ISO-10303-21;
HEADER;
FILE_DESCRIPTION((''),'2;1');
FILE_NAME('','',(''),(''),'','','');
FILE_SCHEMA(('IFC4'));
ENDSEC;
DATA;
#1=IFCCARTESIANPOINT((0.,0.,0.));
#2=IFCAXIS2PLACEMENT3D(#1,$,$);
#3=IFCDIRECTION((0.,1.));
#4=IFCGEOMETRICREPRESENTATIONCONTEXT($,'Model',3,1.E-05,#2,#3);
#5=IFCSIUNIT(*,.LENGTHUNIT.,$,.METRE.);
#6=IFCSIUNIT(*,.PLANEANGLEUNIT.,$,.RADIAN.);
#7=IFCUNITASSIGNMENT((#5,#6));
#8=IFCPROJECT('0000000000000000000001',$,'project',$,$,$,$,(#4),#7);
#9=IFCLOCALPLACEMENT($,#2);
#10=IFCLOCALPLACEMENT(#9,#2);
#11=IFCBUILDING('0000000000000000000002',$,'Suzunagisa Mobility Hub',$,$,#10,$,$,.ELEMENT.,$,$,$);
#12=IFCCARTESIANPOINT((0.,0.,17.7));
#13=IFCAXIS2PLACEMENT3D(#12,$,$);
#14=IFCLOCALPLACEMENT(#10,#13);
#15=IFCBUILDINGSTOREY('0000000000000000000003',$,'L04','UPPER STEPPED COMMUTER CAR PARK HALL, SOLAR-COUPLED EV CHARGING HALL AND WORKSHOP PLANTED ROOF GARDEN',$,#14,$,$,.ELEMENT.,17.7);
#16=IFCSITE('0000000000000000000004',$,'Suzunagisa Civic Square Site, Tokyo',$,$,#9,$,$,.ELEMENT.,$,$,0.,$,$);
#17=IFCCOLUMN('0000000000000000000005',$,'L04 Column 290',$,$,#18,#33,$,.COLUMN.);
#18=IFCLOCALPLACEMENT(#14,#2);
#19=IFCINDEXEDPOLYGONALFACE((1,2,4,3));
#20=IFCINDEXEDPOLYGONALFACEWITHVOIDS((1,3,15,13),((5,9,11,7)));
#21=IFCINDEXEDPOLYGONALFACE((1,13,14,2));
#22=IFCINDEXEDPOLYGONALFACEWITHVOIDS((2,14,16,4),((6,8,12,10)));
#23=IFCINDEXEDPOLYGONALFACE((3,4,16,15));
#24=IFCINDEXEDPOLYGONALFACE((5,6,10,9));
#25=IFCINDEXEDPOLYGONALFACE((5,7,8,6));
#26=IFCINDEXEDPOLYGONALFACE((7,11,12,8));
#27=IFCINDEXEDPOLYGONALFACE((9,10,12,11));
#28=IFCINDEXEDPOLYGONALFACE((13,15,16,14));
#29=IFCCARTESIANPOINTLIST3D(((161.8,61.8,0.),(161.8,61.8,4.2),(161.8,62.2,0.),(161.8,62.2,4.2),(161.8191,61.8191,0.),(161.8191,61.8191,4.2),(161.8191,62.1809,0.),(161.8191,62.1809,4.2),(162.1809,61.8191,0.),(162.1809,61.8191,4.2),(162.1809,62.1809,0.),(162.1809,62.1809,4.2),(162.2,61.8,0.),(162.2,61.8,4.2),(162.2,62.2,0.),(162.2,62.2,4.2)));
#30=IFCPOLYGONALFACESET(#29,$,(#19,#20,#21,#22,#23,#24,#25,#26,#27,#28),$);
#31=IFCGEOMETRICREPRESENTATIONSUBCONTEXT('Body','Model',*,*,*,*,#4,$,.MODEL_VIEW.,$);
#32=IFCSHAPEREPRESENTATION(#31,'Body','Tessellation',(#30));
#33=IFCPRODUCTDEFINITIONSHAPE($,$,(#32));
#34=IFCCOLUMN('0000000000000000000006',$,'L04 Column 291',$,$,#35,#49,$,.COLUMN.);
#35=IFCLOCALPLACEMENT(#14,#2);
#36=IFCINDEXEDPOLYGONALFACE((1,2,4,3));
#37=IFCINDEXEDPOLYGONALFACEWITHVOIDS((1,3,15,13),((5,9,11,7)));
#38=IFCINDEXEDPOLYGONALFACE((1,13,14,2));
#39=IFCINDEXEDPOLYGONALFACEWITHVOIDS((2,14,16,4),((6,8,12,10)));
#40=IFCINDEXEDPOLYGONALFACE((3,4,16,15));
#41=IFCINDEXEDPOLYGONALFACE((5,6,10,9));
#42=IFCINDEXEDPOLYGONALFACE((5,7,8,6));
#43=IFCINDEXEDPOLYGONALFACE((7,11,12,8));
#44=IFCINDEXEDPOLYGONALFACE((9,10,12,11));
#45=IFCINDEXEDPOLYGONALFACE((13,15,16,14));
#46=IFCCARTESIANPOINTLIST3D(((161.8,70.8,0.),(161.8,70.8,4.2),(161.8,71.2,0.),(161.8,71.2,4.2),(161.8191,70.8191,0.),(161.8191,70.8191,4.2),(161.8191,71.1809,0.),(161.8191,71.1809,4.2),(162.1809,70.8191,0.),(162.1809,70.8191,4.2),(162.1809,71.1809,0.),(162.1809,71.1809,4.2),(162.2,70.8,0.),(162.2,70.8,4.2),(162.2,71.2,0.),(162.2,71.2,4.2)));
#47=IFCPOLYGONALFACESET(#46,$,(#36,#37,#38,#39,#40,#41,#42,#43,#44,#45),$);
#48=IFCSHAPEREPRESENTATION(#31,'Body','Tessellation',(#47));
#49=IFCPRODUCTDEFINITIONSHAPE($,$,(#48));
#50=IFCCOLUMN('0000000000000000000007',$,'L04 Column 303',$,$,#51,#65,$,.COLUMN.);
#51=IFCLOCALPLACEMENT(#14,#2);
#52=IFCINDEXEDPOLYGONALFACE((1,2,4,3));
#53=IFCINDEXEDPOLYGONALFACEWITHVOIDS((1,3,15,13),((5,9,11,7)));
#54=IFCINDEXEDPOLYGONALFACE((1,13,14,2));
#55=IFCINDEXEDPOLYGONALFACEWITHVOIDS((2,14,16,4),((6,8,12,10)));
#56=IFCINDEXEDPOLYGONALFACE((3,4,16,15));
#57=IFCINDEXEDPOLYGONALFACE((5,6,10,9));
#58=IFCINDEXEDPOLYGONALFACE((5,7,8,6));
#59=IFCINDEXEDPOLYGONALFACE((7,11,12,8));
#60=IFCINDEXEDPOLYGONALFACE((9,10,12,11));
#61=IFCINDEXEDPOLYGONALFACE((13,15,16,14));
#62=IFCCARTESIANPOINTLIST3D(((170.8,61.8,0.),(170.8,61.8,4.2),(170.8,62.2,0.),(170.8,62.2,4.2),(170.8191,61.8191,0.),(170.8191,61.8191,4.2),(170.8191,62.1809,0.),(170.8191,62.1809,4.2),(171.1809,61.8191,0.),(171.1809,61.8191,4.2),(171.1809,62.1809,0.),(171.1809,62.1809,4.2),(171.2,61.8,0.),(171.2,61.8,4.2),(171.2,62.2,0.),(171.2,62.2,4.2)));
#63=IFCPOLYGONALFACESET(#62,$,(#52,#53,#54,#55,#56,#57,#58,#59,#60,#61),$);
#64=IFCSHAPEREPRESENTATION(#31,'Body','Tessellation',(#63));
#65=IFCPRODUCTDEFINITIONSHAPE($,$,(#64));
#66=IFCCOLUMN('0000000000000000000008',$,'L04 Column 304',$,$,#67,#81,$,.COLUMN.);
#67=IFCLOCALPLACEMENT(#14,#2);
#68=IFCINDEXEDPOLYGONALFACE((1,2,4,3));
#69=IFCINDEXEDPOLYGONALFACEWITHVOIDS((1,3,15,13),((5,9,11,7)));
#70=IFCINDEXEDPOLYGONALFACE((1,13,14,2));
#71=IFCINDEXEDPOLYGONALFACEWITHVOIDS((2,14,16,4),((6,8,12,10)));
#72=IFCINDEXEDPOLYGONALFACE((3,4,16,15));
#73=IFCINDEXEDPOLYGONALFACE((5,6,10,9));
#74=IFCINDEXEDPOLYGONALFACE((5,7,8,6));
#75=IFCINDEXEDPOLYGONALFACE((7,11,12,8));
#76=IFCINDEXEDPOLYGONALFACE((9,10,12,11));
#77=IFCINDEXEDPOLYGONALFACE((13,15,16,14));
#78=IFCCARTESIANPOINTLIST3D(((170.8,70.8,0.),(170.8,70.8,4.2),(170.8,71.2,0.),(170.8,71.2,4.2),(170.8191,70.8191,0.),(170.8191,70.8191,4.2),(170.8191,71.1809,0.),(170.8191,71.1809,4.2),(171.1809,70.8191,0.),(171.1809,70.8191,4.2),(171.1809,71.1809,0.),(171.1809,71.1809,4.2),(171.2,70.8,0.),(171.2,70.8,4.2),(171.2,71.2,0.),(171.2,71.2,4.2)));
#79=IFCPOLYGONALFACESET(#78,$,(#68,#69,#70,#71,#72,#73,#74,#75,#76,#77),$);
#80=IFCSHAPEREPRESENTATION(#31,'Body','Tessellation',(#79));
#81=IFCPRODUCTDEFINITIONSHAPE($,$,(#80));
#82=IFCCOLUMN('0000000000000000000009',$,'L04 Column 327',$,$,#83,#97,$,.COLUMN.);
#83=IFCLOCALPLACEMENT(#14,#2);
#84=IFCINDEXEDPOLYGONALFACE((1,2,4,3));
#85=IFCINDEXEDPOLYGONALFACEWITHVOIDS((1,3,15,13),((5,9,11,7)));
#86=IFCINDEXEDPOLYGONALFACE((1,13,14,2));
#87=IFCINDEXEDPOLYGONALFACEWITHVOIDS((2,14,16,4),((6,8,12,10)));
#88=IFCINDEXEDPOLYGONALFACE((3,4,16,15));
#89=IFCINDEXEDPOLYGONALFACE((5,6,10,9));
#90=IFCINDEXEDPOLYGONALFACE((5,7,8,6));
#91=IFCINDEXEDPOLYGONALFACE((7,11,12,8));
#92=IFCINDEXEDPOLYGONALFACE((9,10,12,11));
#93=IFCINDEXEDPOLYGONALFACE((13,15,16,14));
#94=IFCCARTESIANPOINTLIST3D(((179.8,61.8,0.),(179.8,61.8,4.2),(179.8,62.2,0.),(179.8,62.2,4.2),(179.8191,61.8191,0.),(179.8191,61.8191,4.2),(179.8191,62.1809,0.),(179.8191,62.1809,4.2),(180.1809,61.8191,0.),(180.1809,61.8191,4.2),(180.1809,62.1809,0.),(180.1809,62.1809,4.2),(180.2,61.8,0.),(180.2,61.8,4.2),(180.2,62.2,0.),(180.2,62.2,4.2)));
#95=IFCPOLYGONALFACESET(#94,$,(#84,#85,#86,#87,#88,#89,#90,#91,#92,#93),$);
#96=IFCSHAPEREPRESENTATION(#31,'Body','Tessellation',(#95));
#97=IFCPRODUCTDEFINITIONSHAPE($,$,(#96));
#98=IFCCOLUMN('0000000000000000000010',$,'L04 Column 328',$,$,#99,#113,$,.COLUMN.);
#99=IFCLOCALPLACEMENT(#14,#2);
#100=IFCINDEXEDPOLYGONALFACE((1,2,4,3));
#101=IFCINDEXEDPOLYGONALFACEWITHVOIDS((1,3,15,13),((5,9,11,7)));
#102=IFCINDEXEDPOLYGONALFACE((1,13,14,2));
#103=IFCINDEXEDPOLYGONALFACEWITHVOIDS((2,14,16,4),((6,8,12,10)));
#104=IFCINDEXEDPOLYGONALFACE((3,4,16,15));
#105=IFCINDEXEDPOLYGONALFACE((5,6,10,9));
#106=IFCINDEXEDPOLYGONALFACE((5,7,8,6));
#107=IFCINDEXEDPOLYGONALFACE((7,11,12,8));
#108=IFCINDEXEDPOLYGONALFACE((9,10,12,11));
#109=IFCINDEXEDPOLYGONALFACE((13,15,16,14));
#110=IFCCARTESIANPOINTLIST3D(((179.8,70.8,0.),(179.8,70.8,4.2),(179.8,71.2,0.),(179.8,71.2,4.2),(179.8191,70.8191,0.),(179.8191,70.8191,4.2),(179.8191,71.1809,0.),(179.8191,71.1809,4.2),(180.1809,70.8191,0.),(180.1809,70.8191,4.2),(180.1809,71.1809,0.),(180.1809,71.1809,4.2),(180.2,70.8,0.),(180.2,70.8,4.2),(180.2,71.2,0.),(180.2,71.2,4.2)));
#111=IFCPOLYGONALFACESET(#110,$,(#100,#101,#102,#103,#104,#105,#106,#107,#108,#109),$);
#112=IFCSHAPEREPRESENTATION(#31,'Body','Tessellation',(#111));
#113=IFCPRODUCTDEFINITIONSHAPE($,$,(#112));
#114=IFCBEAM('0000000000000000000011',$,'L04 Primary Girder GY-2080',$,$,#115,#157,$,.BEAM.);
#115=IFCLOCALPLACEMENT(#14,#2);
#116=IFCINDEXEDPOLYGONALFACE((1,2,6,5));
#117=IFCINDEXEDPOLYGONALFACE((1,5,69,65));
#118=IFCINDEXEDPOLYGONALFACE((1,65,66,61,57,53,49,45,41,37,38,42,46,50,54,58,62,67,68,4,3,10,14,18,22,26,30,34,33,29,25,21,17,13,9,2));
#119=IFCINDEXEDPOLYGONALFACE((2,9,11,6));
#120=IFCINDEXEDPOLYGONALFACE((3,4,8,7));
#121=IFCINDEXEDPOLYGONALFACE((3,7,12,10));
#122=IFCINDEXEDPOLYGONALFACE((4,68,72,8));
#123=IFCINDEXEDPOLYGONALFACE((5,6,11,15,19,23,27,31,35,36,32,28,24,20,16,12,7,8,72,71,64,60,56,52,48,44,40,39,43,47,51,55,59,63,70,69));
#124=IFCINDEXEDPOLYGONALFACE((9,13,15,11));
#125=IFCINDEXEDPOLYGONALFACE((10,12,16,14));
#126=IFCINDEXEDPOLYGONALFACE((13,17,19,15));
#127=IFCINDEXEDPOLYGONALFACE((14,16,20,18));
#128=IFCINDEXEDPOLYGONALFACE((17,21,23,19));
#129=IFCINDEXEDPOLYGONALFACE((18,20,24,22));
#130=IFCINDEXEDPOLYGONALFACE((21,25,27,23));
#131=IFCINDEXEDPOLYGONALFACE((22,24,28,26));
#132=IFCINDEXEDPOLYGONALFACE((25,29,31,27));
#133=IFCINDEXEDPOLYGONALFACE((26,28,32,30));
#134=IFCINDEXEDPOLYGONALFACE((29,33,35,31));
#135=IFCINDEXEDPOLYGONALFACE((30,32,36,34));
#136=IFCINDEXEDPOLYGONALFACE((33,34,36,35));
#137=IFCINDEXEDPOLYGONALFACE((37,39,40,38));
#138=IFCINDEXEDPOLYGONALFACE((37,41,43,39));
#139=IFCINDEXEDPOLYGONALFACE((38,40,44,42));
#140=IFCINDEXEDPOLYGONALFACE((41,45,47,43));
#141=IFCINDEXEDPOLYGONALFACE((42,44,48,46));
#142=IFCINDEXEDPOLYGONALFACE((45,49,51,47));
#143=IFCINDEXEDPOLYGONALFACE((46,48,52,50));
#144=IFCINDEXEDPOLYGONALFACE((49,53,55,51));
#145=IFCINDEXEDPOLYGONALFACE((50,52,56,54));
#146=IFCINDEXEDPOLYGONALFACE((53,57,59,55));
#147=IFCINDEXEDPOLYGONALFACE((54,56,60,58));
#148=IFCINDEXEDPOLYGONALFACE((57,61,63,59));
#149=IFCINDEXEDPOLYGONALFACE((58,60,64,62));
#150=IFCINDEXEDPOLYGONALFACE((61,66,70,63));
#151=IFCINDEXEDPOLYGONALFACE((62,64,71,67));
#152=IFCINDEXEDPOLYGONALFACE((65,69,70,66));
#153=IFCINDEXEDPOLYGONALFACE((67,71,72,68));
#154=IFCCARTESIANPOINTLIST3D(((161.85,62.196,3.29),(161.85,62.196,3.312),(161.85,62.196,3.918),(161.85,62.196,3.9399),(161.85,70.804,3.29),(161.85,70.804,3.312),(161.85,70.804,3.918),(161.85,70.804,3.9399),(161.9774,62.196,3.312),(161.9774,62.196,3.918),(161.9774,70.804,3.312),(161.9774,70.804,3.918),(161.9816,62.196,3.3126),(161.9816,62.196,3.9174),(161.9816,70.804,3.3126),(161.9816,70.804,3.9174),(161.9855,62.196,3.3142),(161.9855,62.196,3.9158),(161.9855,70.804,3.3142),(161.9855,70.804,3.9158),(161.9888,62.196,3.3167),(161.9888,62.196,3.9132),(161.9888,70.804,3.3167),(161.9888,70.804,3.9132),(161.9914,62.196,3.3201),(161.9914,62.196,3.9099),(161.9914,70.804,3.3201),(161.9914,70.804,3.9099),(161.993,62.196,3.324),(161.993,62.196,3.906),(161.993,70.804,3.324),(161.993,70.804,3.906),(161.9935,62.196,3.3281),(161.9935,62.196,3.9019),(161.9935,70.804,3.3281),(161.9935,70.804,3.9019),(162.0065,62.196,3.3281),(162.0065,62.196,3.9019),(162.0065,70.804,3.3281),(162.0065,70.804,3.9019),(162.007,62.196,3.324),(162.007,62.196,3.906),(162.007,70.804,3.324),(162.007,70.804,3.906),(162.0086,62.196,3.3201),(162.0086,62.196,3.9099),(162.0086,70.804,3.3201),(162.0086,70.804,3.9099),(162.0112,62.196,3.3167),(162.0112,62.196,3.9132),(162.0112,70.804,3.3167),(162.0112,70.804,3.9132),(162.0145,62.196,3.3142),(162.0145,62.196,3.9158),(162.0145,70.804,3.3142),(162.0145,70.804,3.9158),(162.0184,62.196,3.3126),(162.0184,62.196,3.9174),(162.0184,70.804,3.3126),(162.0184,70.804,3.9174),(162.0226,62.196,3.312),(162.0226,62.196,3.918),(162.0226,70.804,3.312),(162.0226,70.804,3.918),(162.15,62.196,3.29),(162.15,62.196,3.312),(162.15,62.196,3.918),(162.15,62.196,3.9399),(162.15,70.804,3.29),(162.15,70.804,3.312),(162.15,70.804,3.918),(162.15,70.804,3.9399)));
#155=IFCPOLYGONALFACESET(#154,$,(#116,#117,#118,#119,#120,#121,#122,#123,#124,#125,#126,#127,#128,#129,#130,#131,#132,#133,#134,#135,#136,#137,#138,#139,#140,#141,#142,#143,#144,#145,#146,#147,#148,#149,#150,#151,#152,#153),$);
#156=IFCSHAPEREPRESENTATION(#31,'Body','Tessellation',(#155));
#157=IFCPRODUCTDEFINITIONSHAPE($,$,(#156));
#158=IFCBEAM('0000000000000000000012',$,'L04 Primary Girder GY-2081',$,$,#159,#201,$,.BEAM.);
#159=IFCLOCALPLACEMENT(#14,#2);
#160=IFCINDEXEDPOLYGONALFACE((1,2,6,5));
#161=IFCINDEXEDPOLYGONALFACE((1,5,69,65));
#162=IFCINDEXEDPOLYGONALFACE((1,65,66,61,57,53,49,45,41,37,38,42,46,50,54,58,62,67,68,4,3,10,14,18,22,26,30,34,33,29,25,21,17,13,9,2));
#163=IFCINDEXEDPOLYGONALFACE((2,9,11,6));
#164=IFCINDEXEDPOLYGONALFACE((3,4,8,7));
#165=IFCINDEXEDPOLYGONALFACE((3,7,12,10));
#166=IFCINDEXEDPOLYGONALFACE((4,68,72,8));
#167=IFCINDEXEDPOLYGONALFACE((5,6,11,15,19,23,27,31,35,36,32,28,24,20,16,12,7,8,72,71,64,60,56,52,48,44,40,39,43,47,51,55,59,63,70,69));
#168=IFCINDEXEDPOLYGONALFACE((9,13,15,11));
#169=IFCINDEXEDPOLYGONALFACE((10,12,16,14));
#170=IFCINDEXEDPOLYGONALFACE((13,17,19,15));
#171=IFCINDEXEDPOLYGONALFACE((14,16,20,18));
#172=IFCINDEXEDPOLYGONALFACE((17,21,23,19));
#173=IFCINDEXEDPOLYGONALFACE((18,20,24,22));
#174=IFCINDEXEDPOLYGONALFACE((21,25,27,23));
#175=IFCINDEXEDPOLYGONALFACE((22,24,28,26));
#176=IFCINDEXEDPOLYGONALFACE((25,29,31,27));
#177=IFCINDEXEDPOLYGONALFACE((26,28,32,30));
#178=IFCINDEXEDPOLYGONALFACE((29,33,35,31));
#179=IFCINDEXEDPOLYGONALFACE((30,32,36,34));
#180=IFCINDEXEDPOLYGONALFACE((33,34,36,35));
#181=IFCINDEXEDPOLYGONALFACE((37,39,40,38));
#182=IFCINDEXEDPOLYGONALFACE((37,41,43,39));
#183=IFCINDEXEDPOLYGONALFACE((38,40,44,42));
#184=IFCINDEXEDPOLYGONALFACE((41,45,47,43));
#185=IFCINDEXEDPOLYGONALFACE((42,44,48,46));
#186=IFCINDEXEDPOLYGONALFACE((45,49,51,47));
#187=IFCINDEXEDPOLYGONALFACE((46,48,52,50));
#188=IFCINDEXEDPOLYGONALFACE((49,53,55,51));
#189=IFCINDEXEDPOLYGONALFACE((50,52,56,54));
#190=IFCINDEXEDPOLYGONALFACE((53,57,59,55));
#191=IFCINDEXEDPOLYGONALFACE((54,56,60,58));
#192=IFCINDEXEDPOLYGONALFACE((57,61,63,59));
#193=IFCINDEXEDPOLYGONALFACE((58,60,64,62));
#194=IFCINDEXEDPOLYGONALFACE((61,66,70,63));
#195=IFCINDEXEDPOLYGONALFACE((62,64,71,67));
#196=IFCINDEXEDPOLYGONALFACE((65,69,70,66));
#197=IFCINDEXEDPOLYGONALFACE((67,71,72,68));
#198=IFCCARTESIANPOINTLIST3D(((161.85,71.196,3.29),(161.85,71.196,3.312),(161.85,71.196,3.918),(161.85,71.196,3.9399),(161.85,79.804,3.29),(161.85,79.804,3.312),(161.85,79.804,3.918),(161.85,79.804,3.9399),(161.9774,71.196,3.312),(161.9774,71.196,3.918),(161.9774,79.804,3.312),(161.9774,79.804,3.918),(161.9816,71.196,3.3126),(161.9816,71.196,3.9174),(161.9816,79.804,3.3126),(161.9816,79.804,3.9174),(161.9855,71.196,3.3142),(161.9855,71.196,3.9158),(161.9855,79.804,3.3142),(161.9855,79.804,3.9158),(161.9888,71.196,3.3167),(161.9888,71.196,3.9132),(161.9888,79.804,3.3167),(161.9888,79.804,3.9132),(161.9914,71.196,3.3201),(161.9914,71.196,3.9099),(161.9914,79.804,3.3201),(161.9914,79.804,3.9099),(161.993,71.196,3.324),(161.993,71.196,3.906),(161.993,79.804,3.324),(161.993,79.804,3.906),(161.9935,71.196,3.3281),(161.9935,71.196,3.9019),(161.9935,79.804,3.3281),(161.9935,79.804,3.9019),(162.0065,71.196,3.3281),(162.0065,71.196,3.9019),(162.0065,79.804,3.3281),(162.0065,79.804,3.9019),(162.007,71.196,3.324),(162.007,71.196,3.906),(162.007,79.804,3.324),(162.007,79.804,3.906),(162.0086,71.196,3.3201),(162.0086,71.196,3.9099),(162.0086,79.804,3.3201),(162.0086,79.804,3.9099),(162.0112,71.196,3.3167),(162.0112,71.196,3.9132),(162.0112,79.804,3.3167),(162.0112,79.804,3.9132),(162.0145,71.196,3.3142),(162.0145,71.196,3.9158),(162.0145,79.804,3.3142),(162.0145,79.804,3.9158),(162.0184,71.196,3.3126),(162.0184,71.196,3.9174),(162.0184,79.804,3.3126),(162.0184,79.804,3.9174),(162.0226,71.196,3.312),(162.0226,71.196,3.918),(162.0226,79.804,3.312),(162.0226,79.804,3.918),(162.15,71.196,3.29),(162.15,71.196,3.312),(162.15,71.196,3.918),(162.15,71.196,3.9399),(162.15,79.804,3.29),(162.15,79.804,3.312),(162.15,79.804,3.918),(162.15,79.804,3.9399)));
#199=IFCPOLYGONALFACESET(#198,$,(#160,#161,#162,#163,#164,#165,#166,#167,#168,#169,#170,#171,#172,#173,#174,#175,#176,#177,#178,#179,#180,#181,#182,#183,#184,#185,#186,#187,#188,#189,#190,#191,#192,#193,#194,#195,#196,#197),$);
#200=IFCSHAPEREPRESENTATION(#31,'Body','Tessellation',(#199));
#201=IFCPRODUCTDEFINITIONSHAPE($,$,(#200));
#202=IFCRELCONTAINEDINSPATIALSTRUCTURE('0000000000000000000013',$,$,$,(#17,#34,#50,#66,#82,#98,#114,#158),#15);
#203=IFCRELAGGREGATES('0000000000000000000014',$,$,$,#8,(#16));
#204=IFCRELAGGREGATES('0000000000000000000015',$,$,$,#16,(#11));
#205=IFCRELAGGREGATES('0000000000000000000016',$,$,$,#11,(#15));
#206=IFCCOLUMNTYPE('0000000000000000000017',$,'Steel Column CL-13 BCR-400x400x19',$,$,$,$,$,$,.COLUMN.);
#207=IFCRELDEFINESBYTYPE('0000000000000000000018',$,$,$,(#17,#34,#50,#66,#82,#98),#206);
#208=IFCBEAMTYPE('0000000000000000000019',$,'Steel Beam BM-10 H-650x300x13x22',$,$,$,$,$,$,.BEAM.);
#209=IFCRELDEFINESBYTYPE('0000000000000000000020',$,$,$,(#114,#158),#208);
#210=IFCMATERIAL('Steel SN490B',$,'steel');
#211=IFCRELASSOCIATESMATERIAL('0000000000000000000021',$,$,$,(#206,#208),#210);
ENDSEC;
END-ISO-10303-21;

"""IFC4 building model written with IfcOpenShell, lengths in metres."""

from ifc_helpers import new_model, si_unit, direction, frame, origin, origin_2d, place, context, subcontext, project, spatial, hollow_rectangle, i_section, extrude, material, material_profile, profile_set, type_object, element, save


model = new_model("IFC4")

# Units and contexts
model_context = context("Model", 3, precision=1e-05, world=origin(), true_north=direction((0.0, 1.0)))
body_context = subcontext(model_context, "Body", "Model", "MODEL_VIEW")
ifc_project = project(units=[si_unit("LENGTHUNIT", "METRE"), si_unit("PLANEANGLEUNIT", "RADIAN")], contexts=[model_context])

# Site, building, storey
site_placement = place(None, origin())
site = spatial("IfcSite", under=ifc_project, at=site_placement, Name="Suzunagisa Civic Square Site, Tokyo", CompositionType="ELEMENT", RefElevation=0.0)
building_placement = place(site_placement, origin())
building = spatial("IfcBuilding", under=site, at=building_placement, Name="Suzunagisa Mobility Hub", CompositionType="ELEMENT")
storey_placement = place(building_placement, frame((0.0, 0.0, 17.7)))
storey = spatial("IfcBuildingStorey", under=building, at=storey_placement, Name="L04", Description="UPPER STEPPED COMMUTER CAR PARK HALL, SOLAR-COUPLED EV CHARGING HALL AND WORKSHOP PLANTED ROOF GARDEN", CompositionType="ELEMENT", Elevation=17.7)

# Columns
ifc_material_1 = material(Name="Steel SN490B", Category="steel")
ifc_material_profile_1 = material_profile(ifc_material_1, hollow_rectangle(XDim=0.3999, YDim=0.3999, WallThickness=0.019, at=origin_2d()), Name="BCR-400x400x19")
ifc_profile_set_1 = profile_set([ifc_material_profile_1], Name="Steel SN490B")
column_type = type_object("IfcColumnType", Name="Steel Column CL-13 BCR-400x400x19", PredefinedType="COLUMN", material=ifc_profile_set_1)
for number, where, z_axis, x_axis, name in (
    (1, (162.0, 62.0, 0.0), (0.0, 0.0, 1.0), (1.0, 0.0, 0.0), "L04 Column 290"),
    (2, (162.0, 71.0, 0.0), (0.0, 0.0, 1.0), (1.0, 0.0, 0.0), "L04 Column 291"),
    (3, (171.0, 62.0, 0.0), (0.0, 0.0, 1.0), (1.0, 0.0, 0.0), "L04 Column 303"),
    (4, (171.0, 71.0, 0.0), (0.0, 0.0, 1.0), (1.0, 0.0, 0.0), "L04 Column 304"),
    (5, (180.0, 62.0, 0.0), (0.0, 0.0, 1.0), (1.0, 0.0, 0.0), "L04 Column 327"),
    (6, (180.0, 71.0, 0.0), (0.0, 0.0, 1.0), (1.0, 0.0, 0.0), "L04 Column 328"),
):
    element("IfcColumn", number, at=place(storey_placement, frame(where, z_axis=z_axis, x_axis=x_axis)), inside=storey, type_object=column_type, Name=name, PredefinedType="COLUMN", context=body_context, shape_type="SweptSolid", body=[
        extrude(hollow_rectangle(XDim=0.3999, YDim=0.3999, WallThickness=0.019, at=origin_2d()), origin(), (0.0, 0.0, 1.0), 4.2),
    ])

# Beams
ifc_material_profile_2 = material_profile(ifc_material_1, i_section(OverallWidth=0.3, OverallDepth=0.6499, WebThickness=0.0129, FlangeThickness=0.022, FilletRadius=0.0161, at=origin_2d()), Name="H-650x300x13x22")
ifc_profile_set_2 = profile_set([ifc_material_profile_2], Name="Steel SN490B")
beam_type_1 = type_object("IfcBeamType", Name="Steel Beam BM-10 H-650x300x13x22", PredefinedType="BEAM", material=ifc_profile_set_2)
for number, where, z_axis, x_axis, name in (
    (7, (162.0, 62.196, 3.615), (0.0, 1.0, 0.0), (-1.0, 0.0, 0.0), "L04 Primary Girder GY-2080"),
    (8, (162.0, 71.196, 3.615), (0.0, 1.0, 0.0), (-1.0, 0.0, 0.0), "L04 Primary Girder GY-2081"),
):
    element("IfcBeam", number, at=place(storey_placement, frame(where, z_axis=z_axis, x_axis=x_axis)), inside=storey, type_object=beam_type_1, Name=name, PredefinedType="BEAM", context=body_context, shape_type="SweptSolid", body=[
        extrude(i_section(OverallWidth=0.3, OverallDepth=0.6499, WebThickness=0.0129, FlangeThickness=0.022, FilletRadius=0.0161, at=origin_2d()), origin(), (0.0, 0.0, 1.0), 8.6079),
    ])

save(model, "model.ifc")
